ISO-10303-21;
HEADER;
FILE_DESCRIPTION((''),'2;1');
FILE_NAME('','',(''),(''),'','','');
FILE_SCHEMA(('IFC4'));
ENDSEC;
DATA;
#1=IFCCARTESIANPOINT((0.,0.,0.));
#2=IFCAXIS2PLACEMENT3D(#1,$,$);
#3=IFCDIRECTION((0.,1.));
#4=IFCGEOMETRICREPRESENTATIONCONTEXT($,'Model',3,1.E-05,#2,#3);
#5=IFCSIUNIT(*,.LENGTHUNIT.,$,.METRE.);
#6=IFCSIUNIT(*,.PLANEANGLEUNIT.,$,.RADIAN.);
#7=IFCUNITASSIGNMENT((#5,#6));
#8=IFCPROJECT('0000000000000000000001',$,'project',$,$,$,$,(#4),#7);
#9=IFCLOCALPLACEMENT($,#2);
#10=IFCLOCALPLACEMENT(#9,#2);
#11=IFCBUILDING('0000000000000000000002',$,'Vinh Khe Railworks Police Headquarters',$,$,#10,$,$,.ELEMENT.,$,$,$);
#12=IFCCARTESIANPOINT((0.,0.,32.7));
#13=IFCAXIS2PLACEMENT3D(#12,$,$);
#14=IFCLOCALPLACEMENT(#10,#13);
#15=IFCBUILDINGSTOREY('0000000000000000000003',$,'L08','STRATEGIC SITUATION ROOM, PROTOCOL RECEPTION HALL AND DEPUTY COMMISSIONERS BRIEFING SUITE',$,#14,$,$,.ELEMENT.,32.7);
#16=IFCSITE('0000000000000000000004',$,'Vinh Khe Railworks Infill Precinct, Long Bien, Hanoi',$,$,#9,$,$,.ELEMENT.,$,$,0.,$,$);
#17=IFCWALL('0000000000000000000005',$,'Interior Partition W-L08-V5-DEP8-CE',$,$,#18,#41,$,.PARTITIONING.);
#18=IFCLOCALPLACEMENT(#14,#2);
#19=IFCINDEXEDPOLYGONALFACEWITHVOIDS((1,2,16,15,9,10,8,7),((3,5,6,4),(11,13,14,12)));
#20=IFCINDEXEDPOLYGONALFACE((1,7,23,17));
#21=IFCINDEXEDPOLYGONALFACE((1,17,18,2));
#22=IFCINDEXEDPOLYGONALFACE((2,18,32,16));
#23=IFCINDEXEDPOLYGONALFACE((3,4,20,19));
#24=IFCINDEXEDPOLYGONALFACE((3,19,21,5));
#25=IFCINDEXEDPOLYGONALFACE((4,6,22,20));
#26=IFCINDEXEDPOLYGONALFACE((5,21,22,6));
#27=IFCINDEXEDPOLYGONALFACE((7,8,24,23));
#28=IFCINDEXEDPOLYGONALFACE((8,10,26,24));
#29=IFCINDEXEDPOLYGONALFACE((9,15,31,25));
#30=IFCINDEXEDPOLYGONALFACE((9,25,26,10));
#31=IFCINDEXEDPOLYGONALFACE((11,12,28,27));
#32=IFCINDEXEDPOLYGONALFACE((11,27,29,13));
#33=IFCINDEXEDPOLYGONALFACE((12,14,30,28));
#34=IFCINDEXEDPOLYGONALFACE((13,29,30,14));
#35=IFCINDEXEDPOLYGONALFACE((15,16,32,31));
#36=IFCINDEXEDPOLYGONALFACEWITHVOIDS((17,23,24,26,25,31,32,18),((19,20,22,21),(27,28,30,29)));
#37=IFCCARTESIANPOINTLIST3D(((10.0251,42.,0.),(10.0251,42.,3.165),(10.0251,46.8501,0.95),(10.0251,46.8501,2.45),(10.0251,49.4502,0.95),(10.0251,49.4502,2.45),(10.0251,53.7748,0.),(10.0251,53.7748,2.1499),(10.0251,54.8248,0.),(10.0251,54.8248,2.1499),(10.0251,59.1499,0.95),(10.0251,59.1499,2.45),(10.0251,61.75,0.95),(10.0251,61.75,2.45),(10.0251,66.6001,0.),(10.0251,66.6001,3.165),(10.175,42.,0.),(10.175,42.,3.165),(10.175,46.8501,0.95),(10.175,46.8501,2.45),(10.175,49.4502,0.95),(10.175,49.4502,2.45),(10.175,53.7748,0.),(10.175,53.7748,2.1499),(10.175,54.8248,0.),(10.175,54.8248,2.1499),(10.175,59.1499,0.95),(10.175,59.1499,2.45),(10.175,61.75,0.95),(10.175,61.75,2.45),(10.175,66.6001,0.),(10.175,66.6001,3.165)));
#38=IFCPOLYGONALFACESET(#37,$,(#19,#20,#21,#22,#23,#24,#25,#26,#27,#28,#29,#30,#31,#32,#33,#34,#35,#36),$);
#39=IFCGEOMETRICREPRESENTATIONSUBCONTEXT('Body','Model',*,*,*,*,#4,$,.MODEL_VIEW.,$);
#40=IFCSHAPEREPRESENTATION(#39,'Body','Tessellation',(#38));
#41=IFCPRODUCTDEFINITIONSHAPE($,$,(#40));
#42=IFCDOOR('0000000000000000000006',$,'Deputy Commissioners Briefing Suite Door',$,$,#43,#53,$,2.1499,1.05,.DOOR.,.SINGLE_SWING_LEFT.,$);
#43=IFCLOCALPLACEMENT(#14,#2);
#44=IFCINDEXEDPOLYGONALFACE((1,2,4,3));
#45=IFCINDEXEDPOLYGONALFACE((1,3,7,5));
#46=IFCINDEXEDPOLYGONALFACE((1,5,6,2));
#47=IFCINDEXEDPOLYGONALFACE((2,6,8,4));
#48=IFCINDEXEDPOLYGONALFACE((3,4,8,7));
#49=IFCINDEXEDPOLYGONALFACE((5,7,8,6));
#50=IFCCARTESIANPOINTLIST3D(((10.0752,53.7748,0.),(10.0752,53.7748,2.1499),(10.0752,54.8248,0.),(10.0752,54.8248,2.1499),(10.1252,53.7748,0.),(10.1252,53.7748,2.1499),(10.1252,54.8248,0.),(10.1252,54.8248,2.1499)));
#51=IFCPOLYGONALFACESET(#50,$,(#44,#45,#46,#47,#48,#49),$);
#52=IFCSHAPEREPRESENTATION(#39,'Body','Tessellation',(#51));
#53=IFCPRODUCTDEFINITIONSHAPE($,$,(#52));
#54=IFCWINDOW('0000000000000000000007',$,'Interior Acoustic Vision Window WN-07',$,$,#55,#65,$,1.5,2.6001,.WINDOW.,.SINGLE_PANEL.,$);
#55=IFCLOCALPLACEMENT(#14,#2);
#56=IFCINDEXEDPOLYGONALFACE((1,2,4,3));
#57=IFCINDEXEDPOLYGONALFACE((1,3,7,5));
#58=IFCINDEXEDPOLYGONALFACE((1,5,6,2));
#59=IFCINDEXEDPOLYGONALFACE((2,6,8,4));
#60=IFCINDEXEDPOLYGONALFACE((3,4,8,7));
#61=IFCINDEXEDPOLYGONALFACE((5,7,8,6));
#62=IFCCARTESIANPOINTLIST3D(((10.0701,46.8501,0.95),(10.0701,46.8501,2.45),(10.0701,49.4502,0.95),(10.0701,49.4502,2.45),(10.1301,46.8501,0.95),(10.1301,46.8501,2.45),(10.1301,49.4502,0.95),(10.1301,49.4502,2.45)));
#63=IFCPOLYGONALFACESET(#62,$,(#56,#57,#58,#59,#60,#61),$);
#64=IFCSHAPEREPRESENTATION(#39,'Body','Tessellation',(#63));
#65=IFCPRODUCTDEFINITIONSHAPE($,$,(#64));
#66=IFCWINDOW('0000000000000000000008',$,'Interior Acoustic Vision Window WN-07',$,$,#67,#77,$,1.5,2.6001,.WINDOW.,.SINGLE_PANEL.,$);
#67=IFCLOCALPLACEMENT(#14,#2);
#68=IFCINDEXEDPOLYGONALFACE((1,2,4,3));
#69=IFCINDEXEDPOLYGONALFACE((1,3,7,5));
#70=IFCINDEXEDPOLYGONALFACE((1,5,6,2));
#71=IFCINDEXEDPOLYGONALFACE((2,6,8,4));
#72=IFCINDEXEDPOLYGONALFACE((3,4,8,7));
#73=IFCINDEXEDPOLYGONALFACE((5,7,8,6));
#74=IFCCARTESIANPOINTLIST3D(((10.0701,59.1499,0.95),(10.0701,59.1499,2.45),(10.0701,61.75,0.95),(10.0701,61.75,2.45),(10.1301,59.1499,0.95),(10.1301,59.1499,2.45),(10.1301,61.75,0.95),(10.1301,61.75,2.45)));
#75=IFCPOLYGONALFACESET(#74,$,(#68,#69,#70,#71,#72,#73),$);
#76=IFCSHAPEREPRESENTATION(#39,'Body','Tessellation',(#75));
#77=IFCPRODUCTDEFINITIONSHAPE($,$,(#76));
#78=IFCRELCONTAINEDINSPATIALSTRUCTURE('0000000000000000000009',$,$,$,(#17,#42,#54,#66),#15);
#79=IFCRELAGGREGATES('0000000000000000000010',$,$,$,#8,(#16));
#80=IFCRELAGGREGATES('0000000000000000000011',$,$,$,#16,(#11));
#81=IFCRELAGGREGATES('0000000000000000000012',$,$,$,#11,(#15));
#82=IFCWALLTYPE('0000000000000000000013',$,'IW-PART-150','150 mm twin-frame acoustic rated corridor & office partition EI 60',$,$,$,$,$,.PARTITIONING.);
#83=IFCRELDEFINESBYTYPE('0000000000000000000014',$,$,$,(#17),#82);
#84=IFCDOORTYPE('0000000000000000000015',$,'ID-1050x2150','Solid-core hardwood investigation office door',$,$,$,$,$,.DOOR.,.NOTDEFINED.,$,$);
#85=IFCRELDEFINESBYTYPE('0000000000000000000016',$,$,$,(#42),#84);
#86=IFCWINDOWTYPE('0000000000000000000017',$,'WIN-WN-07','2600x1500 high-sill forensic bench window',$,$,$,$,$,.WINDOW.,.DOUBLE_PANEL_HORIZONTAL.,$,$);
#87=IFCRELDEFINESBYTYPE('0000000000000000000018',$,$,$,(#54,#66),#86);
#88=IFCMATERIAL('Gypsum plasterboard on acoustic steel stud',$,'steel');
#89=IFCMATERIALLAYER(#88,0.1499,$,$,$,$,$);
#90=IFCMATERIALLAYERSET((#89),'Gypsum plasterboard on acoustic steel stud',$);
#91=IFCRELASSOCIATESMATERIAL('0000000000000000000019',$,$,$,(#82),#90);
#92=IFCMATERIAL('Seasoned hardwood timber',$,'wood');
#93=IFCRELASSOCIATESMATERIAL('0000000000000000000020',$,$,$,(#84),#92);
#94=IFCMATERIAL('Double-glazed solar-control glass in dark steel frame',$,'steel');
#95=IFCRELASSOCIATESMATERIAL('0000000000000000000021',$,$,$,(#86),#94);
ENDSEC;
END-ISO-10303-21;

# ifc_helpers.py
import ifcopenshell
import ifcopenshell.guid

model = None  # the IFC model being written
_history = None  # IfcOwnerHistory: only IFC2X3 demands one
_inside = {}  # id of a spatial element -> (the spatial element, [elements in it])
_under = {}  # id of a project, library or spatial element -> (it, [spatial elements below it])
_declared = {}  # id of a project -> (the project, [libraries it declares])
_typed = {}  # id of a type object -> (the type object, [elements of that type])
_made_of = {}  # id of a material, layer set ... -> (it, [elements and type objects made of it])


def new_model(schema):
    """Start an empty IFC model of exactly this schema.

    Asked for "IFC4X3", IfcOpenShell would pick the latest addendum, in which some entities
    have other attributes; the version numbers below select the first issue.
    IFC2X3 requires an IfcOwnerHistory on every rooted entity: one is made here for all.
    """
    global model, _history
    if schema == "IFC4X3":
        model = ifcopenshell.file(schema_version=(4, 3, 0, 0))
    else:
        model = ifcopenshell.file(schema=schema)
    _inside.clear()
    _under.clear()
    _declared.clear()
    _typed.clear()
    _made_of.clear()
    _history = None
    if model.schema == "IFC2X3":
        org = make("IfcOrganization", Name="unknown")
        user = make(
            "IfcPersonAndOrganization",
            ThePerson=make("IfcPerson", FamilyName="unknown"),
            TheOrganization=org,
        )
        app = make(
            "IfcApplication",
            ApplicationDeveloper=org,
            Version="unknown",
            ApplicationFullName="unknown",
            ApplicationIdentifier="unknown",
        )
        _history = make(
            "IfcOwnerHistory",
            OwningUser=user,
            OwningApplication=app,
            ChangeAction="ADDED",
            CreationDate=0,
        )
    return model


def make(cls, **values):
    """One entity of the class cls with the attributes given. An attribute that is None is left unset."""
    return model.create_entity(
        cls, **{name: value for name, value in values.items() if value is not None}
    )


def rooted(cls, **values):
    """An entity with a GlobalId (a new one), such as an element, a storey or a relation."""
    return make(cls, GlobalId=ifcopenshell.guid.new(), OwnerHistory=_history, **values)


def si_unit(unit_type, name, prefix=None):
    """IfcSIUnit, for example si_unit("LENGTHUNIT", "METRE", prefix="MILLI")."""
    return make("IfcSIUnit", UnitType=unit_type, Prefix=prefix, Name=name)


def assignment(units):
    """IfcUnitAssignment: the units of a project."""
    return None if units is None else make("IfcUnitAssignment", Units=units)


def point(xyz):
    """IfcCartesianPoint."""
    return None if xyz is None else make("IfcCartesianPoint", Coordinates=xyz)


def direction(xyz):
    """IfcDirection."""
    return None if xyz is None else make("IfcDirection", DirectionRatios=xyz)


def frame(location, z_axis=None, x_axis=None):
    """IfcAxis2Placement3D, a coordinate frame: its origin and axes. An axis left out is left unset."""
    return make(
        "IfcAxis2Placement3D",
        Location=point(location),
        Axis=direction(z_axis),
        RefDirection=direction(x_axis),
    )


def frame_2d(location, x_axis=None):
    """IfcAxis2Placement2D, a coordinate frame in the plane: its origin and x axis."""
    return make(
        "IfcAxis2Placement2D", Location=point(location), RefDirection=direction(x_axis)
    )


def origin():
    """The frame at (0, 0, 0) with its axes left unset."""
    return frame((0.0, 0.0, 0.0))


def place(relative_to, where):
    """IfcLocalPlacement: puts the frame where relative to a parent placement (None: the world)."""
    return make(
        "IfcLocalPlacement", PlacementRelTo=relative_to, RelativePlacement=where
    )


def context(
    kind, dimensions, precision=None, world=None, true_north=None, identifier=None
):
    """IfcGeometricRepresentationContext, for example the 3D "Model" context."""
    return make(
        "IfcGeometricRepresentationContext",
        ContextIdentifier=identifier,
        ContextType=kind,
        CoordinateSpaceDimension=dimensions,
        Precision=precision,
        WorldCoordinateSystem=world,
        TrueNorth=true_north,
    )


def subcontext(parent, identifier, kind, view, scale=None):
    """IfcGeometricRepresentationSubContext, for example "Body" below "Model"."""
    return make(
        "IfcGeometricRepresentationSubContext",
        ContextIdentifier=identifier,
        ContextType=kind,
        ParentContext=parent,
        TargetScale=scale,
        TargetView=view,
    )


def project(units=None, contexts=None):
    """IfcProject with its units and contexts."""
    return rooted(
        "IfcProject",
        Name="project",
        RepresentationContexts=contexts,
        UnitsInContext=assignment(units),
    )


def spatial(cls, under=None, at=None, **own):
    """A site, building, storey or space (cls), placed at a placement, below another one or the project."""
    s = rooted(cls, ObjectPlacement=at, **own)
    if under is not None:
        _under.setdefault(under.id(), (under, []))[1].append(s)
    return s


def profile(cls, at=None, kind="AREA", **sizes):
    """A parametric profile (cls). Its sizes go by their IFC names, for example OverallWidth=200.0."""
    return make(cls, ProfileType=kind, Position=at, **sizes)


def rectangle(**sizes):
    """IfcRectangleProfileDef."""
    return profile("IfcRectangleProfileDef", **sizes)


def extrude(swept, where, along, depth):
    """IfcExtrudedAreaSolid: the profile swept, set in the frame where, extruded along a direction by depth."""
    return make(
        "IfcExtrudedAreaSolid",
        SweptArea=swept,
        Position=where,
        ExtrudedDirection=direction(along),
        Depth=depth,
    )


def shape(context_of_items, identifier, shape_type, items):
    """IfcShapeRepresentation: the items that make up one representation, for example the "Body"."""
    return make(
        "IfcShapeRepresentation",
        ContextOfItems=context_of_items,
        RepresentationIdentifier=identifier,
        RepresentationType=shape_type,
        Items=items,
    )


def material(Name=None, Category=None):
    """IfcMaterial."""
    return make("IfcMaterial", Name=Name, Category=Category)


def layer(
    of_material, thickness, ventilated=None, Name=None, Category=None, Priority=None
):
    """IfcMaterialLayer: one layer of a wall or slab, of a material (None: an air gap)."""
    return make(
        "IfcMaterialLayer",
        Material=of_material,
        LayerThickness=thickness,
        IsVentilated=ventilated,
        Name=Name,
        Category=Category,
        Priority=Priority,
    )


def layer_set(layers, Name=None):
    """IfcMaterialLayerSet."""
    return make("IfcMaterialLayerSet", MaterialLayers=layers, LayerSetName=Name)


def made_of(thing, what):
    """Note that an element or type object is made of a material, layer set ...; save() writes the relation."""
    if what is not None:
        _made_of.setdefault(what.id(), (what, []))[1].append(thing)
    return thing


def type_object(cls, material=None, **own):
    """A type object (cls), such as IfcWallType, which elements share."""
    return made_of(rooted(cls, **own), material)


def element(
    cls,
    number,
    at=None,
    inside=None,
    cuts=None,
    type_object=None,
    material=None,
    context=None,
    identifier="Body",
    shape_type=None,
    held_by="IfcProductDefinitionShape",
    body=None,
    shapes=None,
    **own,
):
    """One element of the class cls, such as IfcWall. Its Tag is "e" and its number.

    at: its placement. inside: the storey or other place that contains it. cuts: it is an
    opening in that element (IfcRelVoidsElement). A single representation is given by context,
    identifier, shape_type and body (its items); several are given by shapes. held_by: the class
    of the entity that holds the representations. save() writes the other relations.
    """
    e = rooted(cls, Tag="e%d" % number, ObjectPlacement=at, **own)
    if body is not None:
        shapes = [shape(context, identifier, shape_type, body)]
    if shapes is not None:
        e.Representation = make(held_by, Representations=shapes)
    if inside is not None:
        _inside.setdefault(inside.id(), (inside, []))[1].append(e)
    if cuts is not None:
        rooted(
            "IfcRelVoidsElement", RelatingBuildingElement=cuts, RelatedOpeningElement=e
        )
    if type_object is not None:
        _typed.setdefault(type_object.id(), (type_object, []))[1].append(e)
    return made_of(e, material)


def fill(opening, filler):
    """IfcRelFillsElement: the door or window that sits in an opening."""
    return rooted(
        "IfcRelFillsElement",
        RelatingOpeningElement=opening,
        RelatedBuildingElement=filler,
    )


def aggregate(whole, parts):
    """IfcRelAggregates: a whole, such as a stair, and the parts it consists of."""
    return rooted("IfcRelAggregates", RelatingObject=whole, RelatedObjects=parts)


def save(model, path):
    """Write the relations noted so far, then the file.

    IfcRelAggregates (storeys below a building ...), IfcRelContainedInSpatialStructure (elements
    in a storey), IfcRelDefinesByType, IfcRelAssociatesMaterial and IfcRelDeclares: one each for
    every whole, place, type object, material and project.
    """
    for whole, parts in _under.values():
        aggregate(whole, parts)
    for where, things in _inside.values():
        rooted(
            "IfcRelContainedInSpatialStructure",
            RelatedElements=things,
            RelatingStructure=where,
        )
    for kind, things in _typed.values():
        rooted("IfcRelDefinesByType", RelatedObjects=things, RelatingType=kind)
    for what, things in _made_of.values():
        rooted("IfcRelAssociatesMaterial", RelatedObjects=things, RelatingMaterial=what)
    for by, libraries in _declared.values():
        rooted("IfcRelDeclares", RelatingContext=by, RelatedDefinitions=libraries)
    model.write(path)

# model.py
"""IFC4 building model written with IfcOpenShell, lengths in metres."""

from ifc_helpers import new_model, si_unit, direction, frame, frame_2d, origin, place, context, subcontext, project, spatial, rectangle, extrude, material, layer, layer_set, type_object, element, fill, save


model = new_model("IFC4")

# Units and contexts
model_context = context("Model", 3, precision=1e-05, world=origin(), true_north=direction((0.0, 1.0)))
body_context = subcontext(model_context, "Body", "Model", "MODEL_VIEW")
ifc_project = project(units=[si_unit("LENGTHUNIT", "METRE"), si_unit("PLANEANGLEUNIT", "RADIAN")], contexts=[model_context])

# Site, building, storey
site_placement = place(None, origin())
site = spatial("IfcSite", under=ifc_project, at=site_placement, Name="Vinh Khe Railworks Infill Precinct, Long Bien, Hanoi", CompositionType="ELEMENT", RefElevation=0.0)
building_placement = place(site_placement, origin())
building = spatial("IfcBuilding", under=site, at=building_placement, Name="Vinh Khe Railworks Police Headquarters", CompositionType="ELEMENT")
storey_placement = place(building_placement, frame((0.0, 0.0, 32.7)))
storey = spatial("IfcBuildingStorey", under=building, at=storey_placement, Name="L08", Description="STRATEGIC SITUATION ROOM, PROTOCOL RECEPTION HALL AND DEPUTY COMMISSIONERS BRIEFING SUITE", CompositionType="ELEMENT", Elevation=32.7)

# Shared definitions
ifc_material_1 = material(Name="Double-glazed solar-control glass in dark steel frame", Category="steel")

# Wall, openings, door, windows
ifc_material_2 = material(Name="Gypsum plasterboard on acoustic steel stud", Category="steel")
ifc_layer_1 = layer(ifc_material_2, 0.1499)
ifc_layer_set_1 = layer_set([ifc_layer_1], Name="Gypsum plasterboard on acoustic steel stud")
wall_type_1 = type_object("IfcWallType", Name="IW-PART-150", Description="150 mm twin-frame acoustic rated corridor & office partition EI 60", PredefinedType="PARTITIONING", material=ifc_layer_set_1)
wall_1_placement = place(storey_placement, frame((10.1001, 42.0, 0.0), z_axis=(0.0, 0.0, 1.0), x_axis=(0.0, 1.0, 0.0)))
wall_1 = element("IfcWall", 1, at=wall_1_placement, inside=storey, type_object=wall_type_1, Name="Interior Partition W-L08-V5-DEP8-CE", PredefinedType="PARTITIONING", context=body_context, shape_type="SweptSolid", body=[
    extrude(rectangle(XDim=24.6001, YDim=0.1499, at=frame_2d((12.3, 0.0))), origin(), (0.0, 0.0, 1.0), 3.165),
])
opening_1_placement = place(wall_1_placement, frame((11.7749, 0.0, 0.0)))
opening_1 = element("IfcOpeningElement", 2, at=opening_1_placement, cuts=wall_1, PredefinedType="OPENING", context=body_context, shape_type="SweptSolid", body=[
    extrude(rectangle(XDim=1.05, YDim=2.1499, at=frame_2d((0.5249, 1.075))), frame((0.0, 0.0898, 0.0), z_axis=(0.0, -1.0, 0.0), x_axis=(1.0, 0.0, 0.0)), (0.0, 0.0, 1.0), 0.1797),
])
opening_2_placement = place(wall_1_placement, frame((4.8501, 0.0, 0.95)))
opening_2 = element("IfcOpeningElement", 3, at=opening_2_placement, cuts=wall_1, PredefinedType="OPENING", context=body_context, shape_type="SweptSolid", body=[
    extrude(rectangle(XDim=2.6001, YDim=1.5, at=frame_2d((1.3, 0.75))), frame((0.0, 0.0898, 0.0), z_axis=(0.0, -1.0, 0.0), x_axis=(1.0, 0.0, 0.0)), (0.0, 0.0, 1.0), 0.1797),
])
opening_3_placement = place(wall_1_placement, frame((17.1499, 0.0, 0.95)))
opening_3 = element("IfcOpeningElement", 4, at=opening_3_placement, cuts=wall_1, PredefinedType="OPENING", context=body_context, shape_type="SweptSolid", body=[
    extrude(rectangle(XDim=2.6001, YDim=1.5, at=frame_2d((1.3, 0.75))), frame((0.0, 0.0898, 0.0), z_axis=(0.0, -1.0, 0.0), x_axis=(1.0, 0.0, 0.0)), (0.0, 0.0, 1.0), 0.1797),
])
ifc_material_3 = material(Name="Seasoned hardwood timber", Category="wood")
door_type = type_object("IfcDoorType", Name="ID-1050x2150", Description="Solid-core hardwood investigation office door", OperationType="NOTDEFINED", PredefinedType="DOOR", material=ifc_material_3)
door_placement = place(opening_1_placement, origin())
door = element("IfcDoor", 5, at=door_placement, inside=storey, type_object=door_type, Name="Deputy Commissioners Briefing Suite Door", OperationType="SINGLE_SWING_LEFT", OverallHeight=2.1499, OverallWidth=1.05, PredefinedType="DOOR", context=body_context, shape_type="SweptSolid", body=[
    extrude(rectangle(XDim=1.05, YDim=2.1499, at=frame_2d((0.5249, 1.075))), frame((0.0, 0.0249, 0.0), z_axis=(0.0, -1.0, 0.0), x_axis=(1.0, 0.0, 0.0)), (0.0, 0.0, 1.0), 0.05),
])
fill(opening_1, door)
window_type_1 = type_object("IfcWindowType", Name="WIN-WN-07", Description="2600x1500 high-sill forensic bench window", PartitioningType="DOUBLE_PANEL_HORIZONTAL", PredefinedType="WINDOW", material=ifc_material_1)
window_1_placement = place(opening_2_placement, origin())
window_1 = element("IfcWindow", 6, at=window_1_placement, inside=storey, type_object=window_type_1, Name="Interior Acoustic Vision Window WN-07", OverallHeight=1.5, OverallWidth=2.6001, PartitioningType="SINGLE_PANEL", PredefinedType="WINDOW", context=body_context, shape_type="SweptSolid", body=[
    extrude(rectangle(XDim=2.6001, YDim=1.5, at=frame_2d((1.3, 0.75))), frame((0.0, 0.03, 0.0), z_axis=(0.0, -1.0, 0.0), x_axis=(1.0, 0.0, 0.0)), (0.0, 0.0, 1.0), 0.0601),
])
fill(opening_2, window_1)
window_2_placement = place(opening_3_placement, origin())
window_2 = element("IfcWindow", 7, at=window_2_placement, inside=storey, type_object=window_type_1, Name="Interior Acoustic Vision Window WN-07", OverallHeight=1.5, OverallWidth=2.6001, PartitioningType="SINGLE_PANEL", PredefinedType="WINDOW", context=body_context, shape_type="SweptSolid", body=[
    extrude(rectangle(XDim=2.6001, YDim=1.5, at=frame_2d((1.3, 0.75))), frame((0.0, 0.03, 0.0), z_axis=(0.0, -1.0, 0.0), x_axis=(1.0, 0.0, 0.0)), (0.0, 0.0, 1.0), 0.0601),
])
fill(opening_3, window_2)

save(model, "model.ifc")
